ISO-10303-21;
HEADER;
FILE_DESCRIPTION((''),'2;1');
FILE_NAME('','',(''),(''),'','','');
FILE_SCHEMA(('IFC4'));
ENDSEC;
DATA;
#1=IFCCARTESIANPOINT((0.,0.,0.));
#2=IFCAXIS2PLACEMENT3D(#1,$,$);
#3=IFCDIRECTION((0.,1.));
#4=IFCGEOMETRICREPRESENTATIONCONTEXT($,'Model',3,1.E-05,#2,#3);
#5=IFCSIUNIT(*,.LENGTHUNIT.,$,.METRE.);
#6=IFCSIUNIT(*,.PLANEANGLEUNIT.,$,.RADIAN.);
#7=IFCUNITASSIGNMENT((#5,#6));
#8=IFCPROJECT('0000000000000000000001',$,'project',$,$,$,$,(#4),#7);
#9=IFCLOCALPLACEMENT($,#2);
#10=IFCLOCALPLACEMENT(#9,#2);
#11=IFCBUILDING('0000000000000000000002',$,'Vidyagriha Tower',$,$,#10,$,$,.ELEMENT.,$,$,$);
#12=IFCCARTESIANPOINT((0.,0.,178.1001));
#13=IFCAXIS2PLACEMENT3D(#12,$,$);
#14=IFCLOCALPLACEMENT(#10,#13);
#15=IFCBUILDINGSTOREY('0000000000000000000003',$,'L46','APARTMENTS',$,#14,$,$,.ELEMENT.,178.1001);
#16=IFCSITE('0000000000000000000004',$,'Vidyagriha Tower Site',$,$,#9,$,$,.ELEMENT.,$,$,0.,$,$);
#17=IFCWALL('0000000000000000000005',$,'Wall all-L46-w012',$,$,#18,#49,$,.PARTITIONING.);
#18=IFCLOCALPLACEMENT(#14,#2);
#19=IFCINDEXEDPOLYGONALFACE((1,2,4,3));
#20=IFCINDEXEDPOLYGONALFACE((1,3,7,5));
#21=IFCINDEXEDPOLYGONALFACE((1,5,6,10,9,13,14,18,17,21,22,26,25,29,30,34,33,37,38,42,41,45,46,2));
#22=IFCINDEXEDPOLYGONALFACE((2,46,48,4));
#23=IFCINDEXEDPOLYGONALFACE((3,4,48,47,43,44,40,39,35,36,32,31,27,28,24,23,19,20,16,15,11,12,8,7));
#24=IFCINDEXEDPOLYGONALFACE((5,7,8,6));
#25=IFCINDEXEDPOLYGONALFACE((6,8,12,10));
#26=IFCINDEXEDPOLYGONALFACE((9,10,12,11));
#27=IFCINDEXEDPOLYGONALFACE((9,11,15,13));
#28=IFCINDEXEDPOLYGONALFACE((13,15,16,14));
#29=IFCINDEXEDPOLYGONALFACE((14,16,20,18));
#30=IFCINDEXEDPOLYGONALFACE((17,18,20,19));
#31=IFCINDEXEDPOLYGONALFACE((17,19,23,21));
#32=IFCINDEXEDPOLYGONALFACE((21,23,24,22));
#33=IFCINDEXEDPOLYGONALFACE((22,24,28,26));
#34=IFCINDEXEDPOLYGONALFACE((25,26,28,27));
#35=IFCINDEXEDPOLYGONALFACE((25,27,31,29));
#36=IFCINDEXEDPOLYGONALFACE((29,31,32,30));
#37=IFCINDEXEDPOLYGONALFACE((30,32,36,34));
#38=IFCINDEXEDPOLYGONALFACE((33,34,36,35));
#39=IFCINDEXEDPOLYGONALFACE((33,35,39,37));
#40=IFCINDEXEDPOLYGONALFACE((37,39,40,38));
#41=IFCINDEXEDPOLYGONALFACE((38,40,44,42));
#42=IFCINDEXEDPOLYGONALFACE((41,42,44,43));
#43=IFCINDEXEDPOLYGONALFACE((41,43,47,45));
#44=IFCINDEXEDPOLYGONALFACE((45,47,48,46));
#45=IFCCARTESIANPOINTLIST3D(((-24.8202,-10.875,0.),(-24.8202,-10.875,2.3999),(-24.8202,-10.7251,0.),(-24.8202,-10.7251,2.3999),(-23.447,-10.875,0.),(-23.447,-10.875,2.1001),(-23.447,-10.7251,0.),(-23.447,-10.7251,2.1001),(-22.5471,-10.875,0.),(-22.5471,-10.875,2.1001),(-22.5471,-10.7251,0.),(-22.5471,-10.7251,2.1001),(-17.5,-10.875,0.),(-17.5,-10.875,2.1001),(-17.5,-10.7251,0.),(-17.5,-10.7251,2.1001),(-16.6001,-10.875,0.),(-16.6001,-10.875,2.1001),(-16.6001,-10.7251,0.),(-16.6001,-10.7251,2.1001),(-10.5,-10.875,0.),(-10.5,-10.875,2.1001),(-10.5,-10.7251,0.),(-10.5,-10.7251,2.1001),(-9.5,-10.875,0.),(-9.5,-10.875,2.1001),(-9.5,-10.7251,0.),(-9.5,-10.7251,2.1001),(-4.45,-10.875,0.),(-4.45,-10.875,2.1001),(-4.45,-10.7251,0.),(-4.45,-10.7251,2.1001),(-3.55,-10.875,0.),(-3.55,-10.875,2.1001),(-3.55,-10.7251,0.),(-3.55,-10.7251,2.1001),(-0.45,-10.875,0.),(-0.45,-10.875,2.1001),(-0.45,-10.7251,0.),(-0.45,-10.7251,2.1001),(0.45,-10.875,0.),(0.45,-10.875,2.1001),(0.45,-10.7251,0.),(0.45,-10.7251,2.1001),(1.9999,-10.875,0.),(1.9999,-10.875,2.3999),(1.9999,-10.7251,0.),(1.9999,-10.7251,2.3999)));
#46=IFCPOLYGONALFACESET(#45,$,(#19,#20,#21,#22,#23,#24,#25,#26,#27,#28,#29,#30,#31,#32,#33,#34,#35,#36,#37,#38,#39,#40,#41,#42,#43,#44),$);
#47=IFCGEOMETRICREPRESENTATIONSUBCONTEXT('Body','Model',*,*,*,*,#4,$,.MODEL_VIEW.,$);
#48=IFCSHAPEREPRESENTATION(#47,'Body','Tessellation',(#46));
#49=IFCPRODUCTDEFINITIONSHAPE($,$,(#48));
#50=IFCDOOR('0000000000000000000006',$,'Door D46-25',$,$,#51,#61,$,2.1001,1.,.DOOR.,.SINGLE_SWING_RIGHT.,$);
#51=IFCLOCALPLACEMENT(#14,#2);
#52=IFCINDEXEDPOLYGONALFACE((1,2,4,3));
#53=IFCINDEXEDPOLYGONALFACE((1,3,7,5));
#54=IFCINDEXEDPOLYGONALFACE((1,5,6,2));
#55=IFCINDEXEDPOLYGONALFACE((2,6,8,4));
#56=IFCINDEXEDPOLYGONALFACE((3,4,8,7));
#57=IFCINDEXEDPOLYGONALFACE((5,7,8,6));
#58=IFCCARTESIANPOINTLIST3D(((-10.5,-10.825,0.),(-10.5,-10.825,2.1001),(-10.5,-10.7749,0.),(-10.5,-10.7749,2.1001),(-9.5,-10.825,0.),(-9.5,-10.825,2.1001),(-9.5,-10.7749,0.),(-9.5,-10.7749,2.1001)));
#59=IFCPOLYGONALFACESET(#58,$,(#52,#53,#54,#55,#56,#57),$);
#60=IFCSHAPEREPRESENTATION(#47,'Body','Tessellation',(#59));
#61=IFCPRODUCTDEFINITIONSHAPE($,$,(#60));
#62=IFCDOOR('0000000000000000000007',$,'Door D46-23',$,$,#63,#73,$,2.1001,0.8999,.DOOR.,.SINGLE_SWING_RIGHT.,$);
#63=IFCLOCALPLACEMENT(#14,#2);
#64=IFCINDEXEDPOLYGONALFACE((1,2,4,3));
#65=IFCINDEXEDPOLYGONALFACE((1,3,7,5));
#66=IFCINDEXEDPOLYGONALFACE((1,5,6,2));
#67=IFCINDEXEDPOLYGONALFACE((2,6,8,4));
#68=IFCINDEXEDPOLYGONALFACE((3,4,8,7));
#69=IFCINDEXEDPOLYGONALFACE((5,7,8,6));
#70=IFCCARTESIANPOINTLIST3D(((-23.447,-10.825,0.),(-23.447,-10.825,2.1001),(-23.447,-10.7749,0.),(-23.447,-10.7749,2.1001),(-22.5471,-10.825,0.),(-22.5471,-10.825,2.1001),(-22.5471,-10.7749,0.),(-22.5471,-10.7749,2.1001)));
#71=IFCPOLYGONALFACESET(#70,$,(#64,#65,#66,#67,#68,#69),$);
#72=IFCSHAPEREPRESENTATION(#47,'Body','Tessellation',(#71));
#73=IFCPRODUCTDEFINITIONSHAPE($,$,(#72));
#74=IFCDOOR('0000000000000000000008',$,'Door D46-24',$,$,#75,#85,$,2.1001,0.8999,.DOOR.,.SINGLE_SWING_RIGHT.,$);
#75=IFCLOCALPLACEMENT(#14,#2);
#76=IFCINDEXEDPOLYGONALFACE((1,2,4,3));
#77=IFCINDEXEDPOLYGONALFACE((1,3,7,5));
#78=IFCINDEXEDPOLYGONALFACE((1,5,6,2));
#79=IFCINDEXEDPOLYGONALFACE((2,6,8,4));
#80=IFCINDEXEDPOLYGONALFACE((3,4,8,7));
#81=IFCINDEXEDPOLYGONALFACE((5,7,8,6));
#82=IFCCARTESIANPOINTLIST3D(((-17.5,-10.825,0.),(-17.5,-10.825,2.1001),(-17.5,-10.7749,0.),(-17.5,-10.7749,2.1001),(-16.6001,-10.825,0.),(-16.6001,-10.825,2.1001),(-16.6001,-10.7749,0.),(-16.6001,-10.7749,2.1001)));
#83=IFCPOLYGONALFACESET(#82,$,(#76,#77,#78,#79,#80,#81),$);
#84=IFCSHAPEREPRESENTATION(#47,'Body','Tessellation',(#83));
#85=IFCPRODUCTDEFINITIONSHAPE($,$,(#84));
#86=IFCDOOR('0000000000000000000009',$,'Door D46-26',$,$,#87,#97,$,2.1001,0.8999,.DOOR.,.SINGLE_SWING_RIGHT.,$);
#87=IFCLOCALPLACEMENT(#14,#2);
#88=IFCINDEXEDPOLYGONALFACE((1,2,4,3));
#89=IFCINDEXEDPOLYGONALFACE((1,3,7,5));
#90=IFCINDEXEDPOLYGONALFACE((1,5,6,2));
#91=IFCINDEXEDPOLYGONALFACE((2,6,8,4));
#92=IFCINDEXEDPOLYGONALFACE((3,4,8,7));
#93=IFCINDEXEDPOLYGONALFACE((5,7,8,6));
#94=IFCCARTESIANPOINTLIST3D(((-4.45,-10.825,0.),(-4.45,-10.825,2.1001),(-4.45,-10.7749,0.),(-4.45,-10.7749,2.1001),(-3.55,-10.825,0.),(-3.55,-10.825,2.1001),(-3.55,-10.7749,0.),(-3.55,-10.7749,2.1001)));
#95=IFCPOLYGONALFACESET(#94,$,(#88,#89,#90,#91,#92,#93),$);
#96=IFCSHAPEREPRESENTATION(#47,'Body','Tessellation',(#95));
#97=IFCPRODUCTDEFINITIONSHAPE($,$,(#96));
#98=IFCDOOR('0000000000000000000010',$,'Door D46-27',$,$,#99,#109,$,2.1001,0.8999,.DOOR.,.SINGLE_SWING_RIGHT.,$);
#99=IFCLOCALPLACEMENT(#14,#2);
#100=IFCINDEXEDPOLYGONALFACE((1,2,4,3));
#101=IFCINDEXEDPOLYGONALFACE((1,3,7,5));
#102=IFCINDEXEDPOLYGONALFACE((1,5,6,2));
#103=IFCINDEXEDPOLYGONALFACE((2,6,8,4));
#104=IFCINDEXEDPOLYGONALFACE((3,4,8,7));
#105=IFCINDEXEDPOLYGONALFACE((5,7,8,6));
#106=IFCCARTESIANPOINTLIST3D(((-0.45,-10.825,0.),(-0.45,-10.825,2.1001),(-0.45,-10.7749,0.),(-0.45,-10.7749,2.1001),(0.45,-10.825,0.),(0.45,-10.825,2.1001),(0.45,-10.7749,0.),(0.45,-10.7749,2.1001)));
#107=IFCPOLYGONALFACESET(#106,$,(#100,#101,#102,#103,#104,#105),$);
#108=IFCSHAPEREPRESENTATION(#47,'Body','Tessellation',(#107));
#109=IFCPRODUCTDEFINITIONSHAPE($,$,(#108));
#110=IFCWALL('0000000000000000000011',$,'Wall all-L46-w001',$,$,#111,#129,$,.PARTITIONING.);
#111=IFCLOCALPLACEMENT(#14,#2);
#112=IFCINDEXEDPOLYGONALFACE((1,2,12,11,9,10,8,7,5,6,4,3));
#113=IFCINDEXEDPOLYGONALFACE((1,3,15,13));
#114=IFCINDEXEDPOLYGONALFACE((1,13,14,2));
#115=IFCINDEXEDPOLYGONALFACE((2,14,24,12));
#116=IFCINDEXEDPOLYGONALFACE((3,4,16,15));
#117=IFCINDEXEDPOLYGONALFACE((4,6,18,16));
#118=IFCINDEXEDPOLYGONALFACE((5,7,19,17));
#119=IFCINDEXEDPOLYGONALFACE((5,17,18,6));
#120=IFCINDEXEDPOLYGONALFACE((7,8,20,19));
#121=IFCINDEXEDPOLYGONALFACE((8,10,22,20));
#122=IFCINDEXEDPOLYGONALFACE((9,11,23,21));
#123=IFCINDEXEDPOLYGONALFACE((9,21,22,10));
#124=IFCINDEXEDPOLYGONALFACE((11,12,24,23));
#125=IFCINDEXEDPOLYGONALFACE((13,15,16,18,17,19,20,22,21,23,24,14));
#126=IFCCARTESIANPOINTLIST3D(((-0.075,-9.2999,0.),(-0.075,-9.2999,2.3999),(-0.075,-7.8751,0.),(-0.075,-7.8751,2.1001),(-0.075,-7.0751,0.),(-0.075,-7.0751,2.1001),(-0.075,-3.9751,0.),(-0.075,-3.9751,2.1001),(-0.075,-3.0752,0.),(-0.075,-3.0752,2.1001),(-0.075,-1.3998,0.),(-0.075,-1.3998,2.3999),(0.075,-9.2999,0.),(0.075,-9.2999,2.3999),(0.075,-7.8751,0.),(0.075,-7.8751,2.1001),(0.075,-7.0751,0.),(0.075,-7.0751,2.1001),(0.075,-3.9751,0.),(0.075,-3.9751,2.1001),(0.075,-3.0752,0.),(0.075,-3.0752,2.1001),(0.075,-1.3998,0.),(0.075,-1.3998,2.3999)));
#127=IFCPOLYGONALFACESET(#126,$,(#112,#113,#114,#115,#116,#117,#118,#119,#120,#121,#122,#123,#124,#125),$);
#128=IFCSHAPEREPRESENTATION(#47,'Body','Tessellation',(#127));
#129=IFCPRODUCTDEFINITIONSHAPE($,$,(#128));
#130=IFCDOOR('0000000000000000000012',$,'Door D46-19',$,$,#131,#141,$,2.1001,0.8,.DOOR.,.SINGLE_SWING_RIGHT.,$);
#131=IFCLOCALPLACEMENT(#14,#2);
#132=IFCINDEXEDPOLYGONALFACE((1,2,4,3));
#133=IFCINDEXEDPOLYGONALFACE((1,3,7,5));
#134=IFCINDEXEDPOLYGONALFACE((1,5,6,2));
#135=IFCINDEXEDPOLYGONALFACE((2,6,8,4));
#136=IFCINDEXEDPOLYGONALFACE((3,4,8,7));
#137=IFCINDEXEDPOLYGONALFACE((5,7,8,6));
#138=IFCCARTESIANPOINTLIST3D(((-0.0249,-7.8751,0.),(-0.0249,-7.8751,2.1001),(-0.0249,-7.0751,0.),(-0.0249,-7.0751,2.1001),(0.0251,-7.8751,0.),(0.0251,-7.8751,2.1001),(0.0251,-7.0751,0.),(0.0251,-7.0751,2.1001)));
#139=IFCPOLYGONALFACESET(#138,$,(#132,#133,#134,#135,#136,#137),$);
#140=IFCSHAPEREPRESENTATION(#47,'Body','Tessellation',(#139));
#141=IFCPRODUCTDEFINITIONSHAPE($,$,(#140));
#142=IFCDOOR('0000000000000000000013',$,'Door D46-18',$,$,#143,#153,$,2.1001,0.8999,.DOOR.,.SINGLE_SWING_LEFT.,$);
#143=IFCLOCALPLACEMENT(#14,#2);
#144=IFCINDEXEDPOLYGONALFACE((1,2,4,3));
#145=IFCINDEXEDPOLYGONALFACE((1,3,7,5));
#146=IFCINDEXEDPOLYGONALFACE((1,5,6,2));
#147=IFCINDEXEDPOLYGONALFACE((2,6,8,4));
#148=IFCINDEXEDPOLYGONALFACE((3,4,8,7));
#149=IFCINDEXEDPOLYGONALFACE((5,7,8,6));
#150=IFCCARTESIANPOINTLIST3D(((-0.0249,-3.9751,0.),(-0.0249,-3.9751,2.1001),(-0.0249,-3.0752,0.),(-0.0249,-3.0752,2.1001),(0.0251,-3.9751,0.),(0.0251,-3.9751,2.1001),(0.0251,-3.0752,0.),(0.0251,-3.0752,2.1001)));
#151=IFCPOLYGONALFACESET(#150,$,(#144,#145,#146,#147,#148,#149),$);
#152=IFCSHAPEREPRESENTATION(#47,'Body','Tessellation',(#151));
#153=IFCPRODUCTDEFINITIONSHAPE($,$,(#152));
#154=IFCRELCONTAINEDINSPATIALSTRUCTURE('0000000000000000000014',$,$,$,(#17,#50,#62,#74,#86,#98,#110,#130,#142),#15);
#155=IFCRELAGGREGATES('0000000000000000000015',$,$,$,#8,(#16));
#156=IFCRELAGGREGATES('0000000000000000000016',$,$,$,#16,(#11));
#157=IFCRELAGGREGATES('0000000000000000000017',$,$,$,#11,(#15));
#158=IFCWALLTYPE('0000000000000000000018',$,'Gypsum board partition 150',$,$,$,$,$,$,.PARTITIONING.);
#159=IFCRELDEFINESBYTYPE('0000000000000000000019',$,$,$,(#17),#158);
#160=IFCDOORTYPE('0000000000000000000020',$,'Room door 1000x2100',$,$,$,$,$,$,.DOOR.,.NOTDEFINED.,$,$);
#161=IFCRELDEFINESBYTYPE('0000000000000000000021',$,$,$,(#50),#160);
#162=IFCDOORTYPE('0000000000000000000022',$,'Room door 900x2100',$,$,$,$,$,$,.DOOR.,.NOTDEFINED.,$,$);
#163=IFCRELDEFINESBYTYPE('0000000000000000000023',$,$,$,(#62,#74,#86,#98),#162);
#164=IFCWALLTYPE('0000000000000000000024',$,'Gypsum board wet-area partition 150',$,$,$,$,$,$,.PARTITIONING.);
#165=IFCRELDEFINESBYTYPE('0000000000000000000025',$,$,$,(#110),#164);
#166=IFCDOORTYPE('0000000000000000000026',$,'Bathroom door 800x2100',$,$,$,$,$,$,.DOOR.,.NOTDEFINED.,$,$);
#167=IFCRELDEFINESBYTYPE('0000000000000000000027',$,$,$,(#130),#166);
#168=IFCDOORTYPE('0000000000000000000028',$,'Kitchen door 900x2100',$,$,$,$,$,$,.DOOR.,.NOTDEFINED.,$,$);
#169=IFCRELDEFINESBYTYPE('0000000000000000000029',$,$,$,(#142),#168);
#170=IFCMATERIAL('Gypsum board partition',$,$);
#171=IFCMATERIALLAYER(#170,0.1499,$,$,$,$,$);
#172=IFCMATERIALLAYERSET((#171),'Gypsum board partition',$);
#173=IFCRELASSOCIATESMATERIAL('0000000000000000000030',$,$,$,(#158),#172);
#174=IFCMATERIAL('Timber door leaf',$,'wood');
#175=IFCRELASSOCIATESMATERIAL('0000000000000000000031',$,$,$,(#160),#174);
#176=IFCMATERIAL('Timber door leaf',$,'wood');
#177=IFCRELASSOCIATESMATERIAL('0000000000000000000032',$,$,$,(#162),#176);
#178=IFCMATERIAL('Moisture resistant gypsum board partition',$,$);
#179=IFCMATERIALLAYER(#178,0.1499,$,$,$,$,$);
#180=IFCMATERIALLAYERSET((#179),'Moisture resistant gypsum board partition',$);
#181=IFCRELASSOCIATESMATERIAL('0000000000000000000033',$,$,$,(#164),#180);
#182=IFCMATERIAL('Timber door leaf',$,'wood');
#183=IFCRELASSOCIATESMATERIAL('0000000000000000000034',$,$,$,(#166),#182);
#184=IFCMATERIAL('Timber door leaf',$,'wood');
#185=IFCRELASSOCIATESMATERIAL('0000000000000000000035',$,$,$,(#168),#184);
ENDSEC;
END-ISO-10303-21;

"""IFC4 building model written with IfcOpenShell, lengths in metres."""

from ifc_helpers import new_model, si_unit, direction, frame, frame_2d, origin, place, context, subcontext, project, spatial, rectangle, extrude, material, layer, layer_set, type_object, element, fill, save


model = new_model("IFC4")

# Units and contexts
model_context = context("Model", 3, precision=1e-05, world=origin(), true_north=direction((0.0, 1.0)))
body_context = subcontext(model_context, "Body", "Model", "MODEL_VIEW")
ifc_project = project(units=[si_unit("LENGTHUNIT", "METRE"), si_unit("PLANEANGLEUNIT", "RADIAN")], contexts=[model_context])

# Site, building, storey
site_placement = place(None, origin())
site = spatial("IfcSite", under=ifc_project, at=site_placement, Name="Vidyagriha Tower Site", CompositionType="ELEMENT", RefElevation=0.0)
building_placement = place(site_placement, origin())
building = spatial("IfcBuilding", under=site, at=building_placement, Name="Vidyagriha Tower", CompositionType="ELEMENT")
storey_placement = place(building_placement, frame((0.0, 0.0, 178.1001)))
storey = spatial("IfcBuildingStorey", under=building, at=storey_placement, Name="L46", Description="APARTMENTS", CompositionType="ELEMENT", Elevation=178.1001)

# Shared definitions
ifc_material_1 = material(Name="Gypsum board partition")
ifc_layer_1 = layer(ifc_material_1, 0.1499)
ifc_layer_set_1 = layer_set([ifc_layer_1], Name="Gypsum board partition")
wall_type_1 = type_object("IfcWallType", Name="Gypsum board partition 150", PredefinedType="PARTITIONING", material=ifc_layer_set_1)

# Walls, openings, doors
wall_1_placement = place(storey_placement, frame((2.0, -10.8, 0.0), z_axis=(0.0, 0.0, 1.0), x_axis=(-1.0, 0.0, 0.0)))
wall_1 = element("IfcWall", 1, at=wall_1_placement, inside=storey, type_object=wall_type_1, Name="Wall all-L46-w012", PredefinedType="PARTITIONING", context=body_context, shape_type="SweptSolid", body=[
    extrude(rectangle(XDim=26.8201, YDim=0.1499, at=frame_2d((13.4102, 0.0))), origin(), (0.0, 0.0, 1.0), 2.3999),
])
opening_1_placement = place(wall_1_placement, frame((24.5471, 0.0, 0.0)))
opening_1 = element("IfcOpeningElement", 2, at=opening_1_placement, cuts=wall_1, PredefinedType="OPENING", context=body_context, shape_type="SweptSolid", body=[
    extrude(rectangle(XDim=0.8999, YDim=2.1001, at=frame_2d((0.45, 1.05))), frame((0.0, 0.085, 0.0), z_axis=(0.0, -1.0, 0.0), x_axis=(1.0, 0.0, 0.0)), (0.0, 0.0, 1.0), 0.1699),
])
opening_2_placement = place(wall_1_placement, frame((18.6001, 0.0, 0.0)))
opening_2 = element("IfcOpeningElement", 3, at=opening_2_placement, cuts=wall_1, PredefinedType="OPENING", context=body_context, shape_type="SweptSolid", body=[
    extrude(rectangle(XDim=0.8999, YDim=2.1001, at=frame_2d((0.45, 1.05))), frame((0.0, 0.085, 0.0), z_axis=(0.0, -1.0, 0.0), x_axis=(1.0, 0.0, 0.0)), (0.0, 0.0, 1.0), 0.1699),
])
opening_3_placement = place(wall_1_placement, frame((11.5, 0.0, 0.0)))
opening_3 = element("IfcOpeningElement", 4, at=opening_3_placement, cuts=wall_1, PredefinedType="OPENING", context=body_context, shape_type="SweptSolid", body=[
    extrude(rectangle(XDim=1.0, YDim=2.1001, at=frame_2d((0.5, 1.05))), frame((0.0, 0.085, 0.0), z_axis=(0.0, -1.0, 0.0), x_axis=(1.0, 0.0, 0.0)), (0.0, 0.0, 1.0), 0.1699),
])
opening_4_placement = place(wall_1_placement, frame((5.55, 0.0, 0.0)))
opening_4 = element("IfcOpeningElement", 5, at=opening_4_placement, cuts=wall_1, PredefinedType="OPENING", context=body_context, shape_type="SweptSolid", body=[
    extrude(rectangle(XDim=0.8999, YDim=2.1001, at=frame_2d((0.45, 1.05))), frame((0.0, 0.085, 0.0), z_axis=(0.0, -1.0, 0.0), x_axis=(1.0, 0.0, 0.0)), (0.0, 0.0, 1.0), 0.1699),
])
opening_5_placement = place(wall_1_placement, frame((1.55, 0.0, 0.0)))
opening_5 = element("IfcOpeningElement", 6, at=opening_5_placement, cuts=wall_1, PredefinedType="OPENING", context=body_context, shape_type="SweptSolid", body=[
    extrude(rectangle(XDim=0.8999, YDim=2.1001, at=frame_2d((0.45, 1.05))), frame((0.0, 0.085, 0.0), z_axis=(0.0, -1.0, 0.0), x_axis=(1.0, 0.0, 0.0)), (0.0, 0.0, 1.0), 0.1699),
])
ifc_material_2 = material(Name="Timber door leaf", Category="wood")
door_type_1 = type_object("IfcDoorType", Name="Room door 1000x2100", OperationType="NOTDEFINED", PredefinedType="DOOR", material=ifc_material_2)
door_1_placement = place(opening_3_placement, origin())
door_1 = element("IfcDoor", 7, at=door_1_placement, inside=storey, type_object=door_type_1, Name="Door D46-25", OperationType="SINGLE_SWING_RIGHT", OverallHeight=2.1001, OverallWidth=1.0, PredefinedType="DOOR", context=body_context, shape_type="SweptSolid", body=[
    extrude(rectangle(XDim=1.0, YDim=2.1001, at=frame_2d((0.5, 1.05))), frame((0.0, 0.0249, 0.0), z_axis=(0.0, -1.0, 0.0), x_axis=(1.0, 0.0, 0.0)), (0.0, 0.0, 1.0), 0.05),
])
fill(opening_3, door_1)
ifc_material_3 = material(Name="Timber door leaf", Category="wood")
door_type_2 = type_object("IfcDoorType", Name="Room door 900x2100", OperationType="NOTDEFINED", PredefinedType="DOOR", material=ifc_material_3)
door_2_placement = place(opening_1_placement, origin())
door_2 = element("IfcDoor", 8, at=door_2_placement, inside=storey, type_object=door_type_2, Name="Door D46-23", OperationType="SINGLE_SWING_RIGHT", OverallHeight=2.1001, OverallWidth=0.8999, PredefinedType="DOOR", context=body_context, shape_type="SweptSolid", body=[
    extrude(rectangle(XDim=0.8999, YDim=2.1001, at=frame_2d((0.45, 1.05))), frame((0.0, 0.0249, 0.0), z_axis=(0.0, -1.0, 0.0), x_axis=(1.0, 0.0, 0.0)), (0.0, 0.0, 1.0), 0.05),
])
fill(opening_1, door_2)
door_3_placement = place(opening_2_placement, origin())
door_3 = element("IfcDoor", 9, at=door_3_placement, inside=storey, type_object=door_type_2, Name="Door D46-24", OperationType="SINGLE_SWING_RIGHT", OverallHeight=2.1001, OverallWidth=0.8999, PredefinedType="DOOR", context=body_context, shape_type="SweptSolid", body=[
    extrude(rectangle(XDim=0.8999, YDim=2.1001, at=frame_2d((0.45, 1.05))), frame((0.0, 0.0249, 0.0), z_axis=(0.0, -1.0, 0.0), x_axis=(1.0, 0.0, 0.0)), (0.0, 0.0, 1.0), 0.05),
])
fill(opening_2, door_3)
door_4_placement = place(opening_4_placement, origin())
door_4 = element("IfcDoor", 10, at=door_4_placement, inside=storey, type_object=door_type_2, Name="Door D46-26", OperationType="SINGLE_SWING_RIGHT", OverallHeight=2.1001, OverallWidth=0.8999, PredefinedType="DOOR", context=body_context, shape_type="SweptSolid", body=[
    extrude(rectangle(XDim=0.8999, YDim=2.1001, at=frame_2d((0.45, 1.05))), frame((0.0, 0.0249, 0.0), z_axis=(0.0, -1.0, 0.0), x_axis=(1.0, 0.0, 0.0)), (0.0, 0.0, 1.0), 0.05),
])
fill(opening_4, door_4)
door_5_placement = place(opening_5_placement, origin())
door_5 = element("IfcDoor", 11, at=door_5_placement, inside=storey, type_object=door_type_2, Name="Door D46-27", OperationType="SINGLE_SWING_RIGHT", OverallHeight=2.1001, OverallWidth=0.8999, PredefinedType="DOOR", context=body_context, shape_type="SweptSolid", body=[
    extrude(rectangle(XDim=0.8999, YDim=2.1001, at=frame_2d((0.45, 1.05))), frame((0.0, 0.0249, 0.0), z_axis=(0.0, -1.0, 0.0), x_axis=(1.0, 0.0, 0.0)), (0.0, 0.0, 1.0), 0.05),
])
fill(opening_5, door_5)
ifc_material_4 = material(Name="Moisture resistant gypsum board partition")
ifc_layer_2 = layer(ifc_material_4, 0.1499)
ifc_layer_set_2 = layer_set([ifc_layer_2], Name="Moisture resistant gypsum board partition")
wall_type_2 = type_object("IfcWallType", Name="Gypsum board wet-area partition 150", PredefinedType="PARTITIONING", material=ifc_layer_set_2)
wall_2_placement = place(storey_placement, frame((0.0, -9.3, 0.0), z_axis=(0.0, 0.0, 1.0), x_axis=(0.0, 1.0, 0.0)))
wall_2 = element("IfcWall", 12, at=wall_2_placement, inside=storey, type_object=wall_type_2, Name="Wall all-L46-w001", PredefinedType="PARTITIONING", context=body_context, shape_type="SweptSolid", body=[
    extrude(rectangle(XDim=7.9001, YDim=0.1499, at=frame_2d((3.9502, 0.0))), origin(), (0.0, 0.0, 1.0), 2.3999),
])
opening_6_placement = place(wall_2_placement, frame((5.325, 0.0, 0.0)))
opening_6 = element("IfcOpeningElement", 13, at=opening_6_placement, cuts=wall_2, PredefinedType="OPENING", context=body_context, shape_type="SweptSolid", body=[
    extrude(rectangle(XDim=0.8999, YDim=2.1001, at=frame_2d((0.45, 1.05))), frame((0.0, 0.085, 0.0), z_axis=(0.0, -1.0, 0.0), x_axis=(1.0, 0.0, 0.0)), (0.0, 0.0, 1.0), 0.1699),
])
opening_7_placement = place(wall_2_placement, frame((1.425, 0.0, 0.0)))
opening_7 = element("IfcOpeningElement", 14, at=opening_7_placement, cuts=wall_2, PredefinedType="OPENING", context=body_context, shape_type="SweptSolid", body=[
    extrude(rectangle(XDim=0.8, YDim=2.1001, at=frame_2d((0.3999, 1.05))), frame((0.0, 0.085, 0.0), z_axis=(0.0, -1.0, 0.0), x_axis=(1.0, 0.0, 0.0)), (0.0, 0.0, 1.0), 0.1699),
])
ifc_material_5 = material(Name="Timber door leaf", Category="wood")
door_type_3 = type_object("IfcDoorType", Name="Bathroom door 800x2100", OperationType="NOTDEFINED", PredefinedType="DOOR", material=ifc_material_5)
door_6_placement = place(opening_7_placement, origin())
door_6 = element("IfcDoor", 15, at=door_6_placement, inside=storey, type_object=door_type_3, Name="Door D46-19", OperationType="SINGLE_SWING_RIGHT", OverallHeight=2.1001, OverallWidth=0.8, PredefinedType="DOOR", context=body_context, shape_type="SweptSolid", body=[
    extrude(rectangle(XDim=0.8, YDim=2.1001, at=frame_2d((0.3999, 1.05))), frame((0.0, 0.0249, 0.0), z_axis=(0.0, -1.0, 0.0), x_axis=(1.0, 0.0, 0.0)), (0.0, 0.0, 1.0), 0.05),
])
fill(opening_7, door_6)
ifc_material_6 = material(Name="Timber door leaf", Category="wood")
door_type_4 = type_object("IfcDoorType", Name="Kitchen door 900x2100", OperationType="NOTDEFINED", PredefinedType="DOOR", material=ifc_material_6)
door_7_placement = place(opening_6_placement, origin())
door_7 = element("IfcDoor", 16, at=door_7_placement, inside=storey, type_object=door_type_4, Name="Door D46-18", OperationType="SINGLE_SWING_LEFT", OverallHeight=2.1001, OverallWidth=0.8999, PredefinedType="DOOR", context=body_context, shape_type="SweptSolid", body=[
    extrude(rectangle(XDim=0.8999, YDim=2.1001, at=frame_2d((0.45, 1.05))), frame((0.0, 0.0249, 0.0), z_axis=(0.0, -1.0, 0.0), x_axis=(1.0, 0.0, 0.0)), (0.0, 0.0, 1.0), 0.05),
])
fill(opening_6, door_7)

save(model, "model.ifc")
